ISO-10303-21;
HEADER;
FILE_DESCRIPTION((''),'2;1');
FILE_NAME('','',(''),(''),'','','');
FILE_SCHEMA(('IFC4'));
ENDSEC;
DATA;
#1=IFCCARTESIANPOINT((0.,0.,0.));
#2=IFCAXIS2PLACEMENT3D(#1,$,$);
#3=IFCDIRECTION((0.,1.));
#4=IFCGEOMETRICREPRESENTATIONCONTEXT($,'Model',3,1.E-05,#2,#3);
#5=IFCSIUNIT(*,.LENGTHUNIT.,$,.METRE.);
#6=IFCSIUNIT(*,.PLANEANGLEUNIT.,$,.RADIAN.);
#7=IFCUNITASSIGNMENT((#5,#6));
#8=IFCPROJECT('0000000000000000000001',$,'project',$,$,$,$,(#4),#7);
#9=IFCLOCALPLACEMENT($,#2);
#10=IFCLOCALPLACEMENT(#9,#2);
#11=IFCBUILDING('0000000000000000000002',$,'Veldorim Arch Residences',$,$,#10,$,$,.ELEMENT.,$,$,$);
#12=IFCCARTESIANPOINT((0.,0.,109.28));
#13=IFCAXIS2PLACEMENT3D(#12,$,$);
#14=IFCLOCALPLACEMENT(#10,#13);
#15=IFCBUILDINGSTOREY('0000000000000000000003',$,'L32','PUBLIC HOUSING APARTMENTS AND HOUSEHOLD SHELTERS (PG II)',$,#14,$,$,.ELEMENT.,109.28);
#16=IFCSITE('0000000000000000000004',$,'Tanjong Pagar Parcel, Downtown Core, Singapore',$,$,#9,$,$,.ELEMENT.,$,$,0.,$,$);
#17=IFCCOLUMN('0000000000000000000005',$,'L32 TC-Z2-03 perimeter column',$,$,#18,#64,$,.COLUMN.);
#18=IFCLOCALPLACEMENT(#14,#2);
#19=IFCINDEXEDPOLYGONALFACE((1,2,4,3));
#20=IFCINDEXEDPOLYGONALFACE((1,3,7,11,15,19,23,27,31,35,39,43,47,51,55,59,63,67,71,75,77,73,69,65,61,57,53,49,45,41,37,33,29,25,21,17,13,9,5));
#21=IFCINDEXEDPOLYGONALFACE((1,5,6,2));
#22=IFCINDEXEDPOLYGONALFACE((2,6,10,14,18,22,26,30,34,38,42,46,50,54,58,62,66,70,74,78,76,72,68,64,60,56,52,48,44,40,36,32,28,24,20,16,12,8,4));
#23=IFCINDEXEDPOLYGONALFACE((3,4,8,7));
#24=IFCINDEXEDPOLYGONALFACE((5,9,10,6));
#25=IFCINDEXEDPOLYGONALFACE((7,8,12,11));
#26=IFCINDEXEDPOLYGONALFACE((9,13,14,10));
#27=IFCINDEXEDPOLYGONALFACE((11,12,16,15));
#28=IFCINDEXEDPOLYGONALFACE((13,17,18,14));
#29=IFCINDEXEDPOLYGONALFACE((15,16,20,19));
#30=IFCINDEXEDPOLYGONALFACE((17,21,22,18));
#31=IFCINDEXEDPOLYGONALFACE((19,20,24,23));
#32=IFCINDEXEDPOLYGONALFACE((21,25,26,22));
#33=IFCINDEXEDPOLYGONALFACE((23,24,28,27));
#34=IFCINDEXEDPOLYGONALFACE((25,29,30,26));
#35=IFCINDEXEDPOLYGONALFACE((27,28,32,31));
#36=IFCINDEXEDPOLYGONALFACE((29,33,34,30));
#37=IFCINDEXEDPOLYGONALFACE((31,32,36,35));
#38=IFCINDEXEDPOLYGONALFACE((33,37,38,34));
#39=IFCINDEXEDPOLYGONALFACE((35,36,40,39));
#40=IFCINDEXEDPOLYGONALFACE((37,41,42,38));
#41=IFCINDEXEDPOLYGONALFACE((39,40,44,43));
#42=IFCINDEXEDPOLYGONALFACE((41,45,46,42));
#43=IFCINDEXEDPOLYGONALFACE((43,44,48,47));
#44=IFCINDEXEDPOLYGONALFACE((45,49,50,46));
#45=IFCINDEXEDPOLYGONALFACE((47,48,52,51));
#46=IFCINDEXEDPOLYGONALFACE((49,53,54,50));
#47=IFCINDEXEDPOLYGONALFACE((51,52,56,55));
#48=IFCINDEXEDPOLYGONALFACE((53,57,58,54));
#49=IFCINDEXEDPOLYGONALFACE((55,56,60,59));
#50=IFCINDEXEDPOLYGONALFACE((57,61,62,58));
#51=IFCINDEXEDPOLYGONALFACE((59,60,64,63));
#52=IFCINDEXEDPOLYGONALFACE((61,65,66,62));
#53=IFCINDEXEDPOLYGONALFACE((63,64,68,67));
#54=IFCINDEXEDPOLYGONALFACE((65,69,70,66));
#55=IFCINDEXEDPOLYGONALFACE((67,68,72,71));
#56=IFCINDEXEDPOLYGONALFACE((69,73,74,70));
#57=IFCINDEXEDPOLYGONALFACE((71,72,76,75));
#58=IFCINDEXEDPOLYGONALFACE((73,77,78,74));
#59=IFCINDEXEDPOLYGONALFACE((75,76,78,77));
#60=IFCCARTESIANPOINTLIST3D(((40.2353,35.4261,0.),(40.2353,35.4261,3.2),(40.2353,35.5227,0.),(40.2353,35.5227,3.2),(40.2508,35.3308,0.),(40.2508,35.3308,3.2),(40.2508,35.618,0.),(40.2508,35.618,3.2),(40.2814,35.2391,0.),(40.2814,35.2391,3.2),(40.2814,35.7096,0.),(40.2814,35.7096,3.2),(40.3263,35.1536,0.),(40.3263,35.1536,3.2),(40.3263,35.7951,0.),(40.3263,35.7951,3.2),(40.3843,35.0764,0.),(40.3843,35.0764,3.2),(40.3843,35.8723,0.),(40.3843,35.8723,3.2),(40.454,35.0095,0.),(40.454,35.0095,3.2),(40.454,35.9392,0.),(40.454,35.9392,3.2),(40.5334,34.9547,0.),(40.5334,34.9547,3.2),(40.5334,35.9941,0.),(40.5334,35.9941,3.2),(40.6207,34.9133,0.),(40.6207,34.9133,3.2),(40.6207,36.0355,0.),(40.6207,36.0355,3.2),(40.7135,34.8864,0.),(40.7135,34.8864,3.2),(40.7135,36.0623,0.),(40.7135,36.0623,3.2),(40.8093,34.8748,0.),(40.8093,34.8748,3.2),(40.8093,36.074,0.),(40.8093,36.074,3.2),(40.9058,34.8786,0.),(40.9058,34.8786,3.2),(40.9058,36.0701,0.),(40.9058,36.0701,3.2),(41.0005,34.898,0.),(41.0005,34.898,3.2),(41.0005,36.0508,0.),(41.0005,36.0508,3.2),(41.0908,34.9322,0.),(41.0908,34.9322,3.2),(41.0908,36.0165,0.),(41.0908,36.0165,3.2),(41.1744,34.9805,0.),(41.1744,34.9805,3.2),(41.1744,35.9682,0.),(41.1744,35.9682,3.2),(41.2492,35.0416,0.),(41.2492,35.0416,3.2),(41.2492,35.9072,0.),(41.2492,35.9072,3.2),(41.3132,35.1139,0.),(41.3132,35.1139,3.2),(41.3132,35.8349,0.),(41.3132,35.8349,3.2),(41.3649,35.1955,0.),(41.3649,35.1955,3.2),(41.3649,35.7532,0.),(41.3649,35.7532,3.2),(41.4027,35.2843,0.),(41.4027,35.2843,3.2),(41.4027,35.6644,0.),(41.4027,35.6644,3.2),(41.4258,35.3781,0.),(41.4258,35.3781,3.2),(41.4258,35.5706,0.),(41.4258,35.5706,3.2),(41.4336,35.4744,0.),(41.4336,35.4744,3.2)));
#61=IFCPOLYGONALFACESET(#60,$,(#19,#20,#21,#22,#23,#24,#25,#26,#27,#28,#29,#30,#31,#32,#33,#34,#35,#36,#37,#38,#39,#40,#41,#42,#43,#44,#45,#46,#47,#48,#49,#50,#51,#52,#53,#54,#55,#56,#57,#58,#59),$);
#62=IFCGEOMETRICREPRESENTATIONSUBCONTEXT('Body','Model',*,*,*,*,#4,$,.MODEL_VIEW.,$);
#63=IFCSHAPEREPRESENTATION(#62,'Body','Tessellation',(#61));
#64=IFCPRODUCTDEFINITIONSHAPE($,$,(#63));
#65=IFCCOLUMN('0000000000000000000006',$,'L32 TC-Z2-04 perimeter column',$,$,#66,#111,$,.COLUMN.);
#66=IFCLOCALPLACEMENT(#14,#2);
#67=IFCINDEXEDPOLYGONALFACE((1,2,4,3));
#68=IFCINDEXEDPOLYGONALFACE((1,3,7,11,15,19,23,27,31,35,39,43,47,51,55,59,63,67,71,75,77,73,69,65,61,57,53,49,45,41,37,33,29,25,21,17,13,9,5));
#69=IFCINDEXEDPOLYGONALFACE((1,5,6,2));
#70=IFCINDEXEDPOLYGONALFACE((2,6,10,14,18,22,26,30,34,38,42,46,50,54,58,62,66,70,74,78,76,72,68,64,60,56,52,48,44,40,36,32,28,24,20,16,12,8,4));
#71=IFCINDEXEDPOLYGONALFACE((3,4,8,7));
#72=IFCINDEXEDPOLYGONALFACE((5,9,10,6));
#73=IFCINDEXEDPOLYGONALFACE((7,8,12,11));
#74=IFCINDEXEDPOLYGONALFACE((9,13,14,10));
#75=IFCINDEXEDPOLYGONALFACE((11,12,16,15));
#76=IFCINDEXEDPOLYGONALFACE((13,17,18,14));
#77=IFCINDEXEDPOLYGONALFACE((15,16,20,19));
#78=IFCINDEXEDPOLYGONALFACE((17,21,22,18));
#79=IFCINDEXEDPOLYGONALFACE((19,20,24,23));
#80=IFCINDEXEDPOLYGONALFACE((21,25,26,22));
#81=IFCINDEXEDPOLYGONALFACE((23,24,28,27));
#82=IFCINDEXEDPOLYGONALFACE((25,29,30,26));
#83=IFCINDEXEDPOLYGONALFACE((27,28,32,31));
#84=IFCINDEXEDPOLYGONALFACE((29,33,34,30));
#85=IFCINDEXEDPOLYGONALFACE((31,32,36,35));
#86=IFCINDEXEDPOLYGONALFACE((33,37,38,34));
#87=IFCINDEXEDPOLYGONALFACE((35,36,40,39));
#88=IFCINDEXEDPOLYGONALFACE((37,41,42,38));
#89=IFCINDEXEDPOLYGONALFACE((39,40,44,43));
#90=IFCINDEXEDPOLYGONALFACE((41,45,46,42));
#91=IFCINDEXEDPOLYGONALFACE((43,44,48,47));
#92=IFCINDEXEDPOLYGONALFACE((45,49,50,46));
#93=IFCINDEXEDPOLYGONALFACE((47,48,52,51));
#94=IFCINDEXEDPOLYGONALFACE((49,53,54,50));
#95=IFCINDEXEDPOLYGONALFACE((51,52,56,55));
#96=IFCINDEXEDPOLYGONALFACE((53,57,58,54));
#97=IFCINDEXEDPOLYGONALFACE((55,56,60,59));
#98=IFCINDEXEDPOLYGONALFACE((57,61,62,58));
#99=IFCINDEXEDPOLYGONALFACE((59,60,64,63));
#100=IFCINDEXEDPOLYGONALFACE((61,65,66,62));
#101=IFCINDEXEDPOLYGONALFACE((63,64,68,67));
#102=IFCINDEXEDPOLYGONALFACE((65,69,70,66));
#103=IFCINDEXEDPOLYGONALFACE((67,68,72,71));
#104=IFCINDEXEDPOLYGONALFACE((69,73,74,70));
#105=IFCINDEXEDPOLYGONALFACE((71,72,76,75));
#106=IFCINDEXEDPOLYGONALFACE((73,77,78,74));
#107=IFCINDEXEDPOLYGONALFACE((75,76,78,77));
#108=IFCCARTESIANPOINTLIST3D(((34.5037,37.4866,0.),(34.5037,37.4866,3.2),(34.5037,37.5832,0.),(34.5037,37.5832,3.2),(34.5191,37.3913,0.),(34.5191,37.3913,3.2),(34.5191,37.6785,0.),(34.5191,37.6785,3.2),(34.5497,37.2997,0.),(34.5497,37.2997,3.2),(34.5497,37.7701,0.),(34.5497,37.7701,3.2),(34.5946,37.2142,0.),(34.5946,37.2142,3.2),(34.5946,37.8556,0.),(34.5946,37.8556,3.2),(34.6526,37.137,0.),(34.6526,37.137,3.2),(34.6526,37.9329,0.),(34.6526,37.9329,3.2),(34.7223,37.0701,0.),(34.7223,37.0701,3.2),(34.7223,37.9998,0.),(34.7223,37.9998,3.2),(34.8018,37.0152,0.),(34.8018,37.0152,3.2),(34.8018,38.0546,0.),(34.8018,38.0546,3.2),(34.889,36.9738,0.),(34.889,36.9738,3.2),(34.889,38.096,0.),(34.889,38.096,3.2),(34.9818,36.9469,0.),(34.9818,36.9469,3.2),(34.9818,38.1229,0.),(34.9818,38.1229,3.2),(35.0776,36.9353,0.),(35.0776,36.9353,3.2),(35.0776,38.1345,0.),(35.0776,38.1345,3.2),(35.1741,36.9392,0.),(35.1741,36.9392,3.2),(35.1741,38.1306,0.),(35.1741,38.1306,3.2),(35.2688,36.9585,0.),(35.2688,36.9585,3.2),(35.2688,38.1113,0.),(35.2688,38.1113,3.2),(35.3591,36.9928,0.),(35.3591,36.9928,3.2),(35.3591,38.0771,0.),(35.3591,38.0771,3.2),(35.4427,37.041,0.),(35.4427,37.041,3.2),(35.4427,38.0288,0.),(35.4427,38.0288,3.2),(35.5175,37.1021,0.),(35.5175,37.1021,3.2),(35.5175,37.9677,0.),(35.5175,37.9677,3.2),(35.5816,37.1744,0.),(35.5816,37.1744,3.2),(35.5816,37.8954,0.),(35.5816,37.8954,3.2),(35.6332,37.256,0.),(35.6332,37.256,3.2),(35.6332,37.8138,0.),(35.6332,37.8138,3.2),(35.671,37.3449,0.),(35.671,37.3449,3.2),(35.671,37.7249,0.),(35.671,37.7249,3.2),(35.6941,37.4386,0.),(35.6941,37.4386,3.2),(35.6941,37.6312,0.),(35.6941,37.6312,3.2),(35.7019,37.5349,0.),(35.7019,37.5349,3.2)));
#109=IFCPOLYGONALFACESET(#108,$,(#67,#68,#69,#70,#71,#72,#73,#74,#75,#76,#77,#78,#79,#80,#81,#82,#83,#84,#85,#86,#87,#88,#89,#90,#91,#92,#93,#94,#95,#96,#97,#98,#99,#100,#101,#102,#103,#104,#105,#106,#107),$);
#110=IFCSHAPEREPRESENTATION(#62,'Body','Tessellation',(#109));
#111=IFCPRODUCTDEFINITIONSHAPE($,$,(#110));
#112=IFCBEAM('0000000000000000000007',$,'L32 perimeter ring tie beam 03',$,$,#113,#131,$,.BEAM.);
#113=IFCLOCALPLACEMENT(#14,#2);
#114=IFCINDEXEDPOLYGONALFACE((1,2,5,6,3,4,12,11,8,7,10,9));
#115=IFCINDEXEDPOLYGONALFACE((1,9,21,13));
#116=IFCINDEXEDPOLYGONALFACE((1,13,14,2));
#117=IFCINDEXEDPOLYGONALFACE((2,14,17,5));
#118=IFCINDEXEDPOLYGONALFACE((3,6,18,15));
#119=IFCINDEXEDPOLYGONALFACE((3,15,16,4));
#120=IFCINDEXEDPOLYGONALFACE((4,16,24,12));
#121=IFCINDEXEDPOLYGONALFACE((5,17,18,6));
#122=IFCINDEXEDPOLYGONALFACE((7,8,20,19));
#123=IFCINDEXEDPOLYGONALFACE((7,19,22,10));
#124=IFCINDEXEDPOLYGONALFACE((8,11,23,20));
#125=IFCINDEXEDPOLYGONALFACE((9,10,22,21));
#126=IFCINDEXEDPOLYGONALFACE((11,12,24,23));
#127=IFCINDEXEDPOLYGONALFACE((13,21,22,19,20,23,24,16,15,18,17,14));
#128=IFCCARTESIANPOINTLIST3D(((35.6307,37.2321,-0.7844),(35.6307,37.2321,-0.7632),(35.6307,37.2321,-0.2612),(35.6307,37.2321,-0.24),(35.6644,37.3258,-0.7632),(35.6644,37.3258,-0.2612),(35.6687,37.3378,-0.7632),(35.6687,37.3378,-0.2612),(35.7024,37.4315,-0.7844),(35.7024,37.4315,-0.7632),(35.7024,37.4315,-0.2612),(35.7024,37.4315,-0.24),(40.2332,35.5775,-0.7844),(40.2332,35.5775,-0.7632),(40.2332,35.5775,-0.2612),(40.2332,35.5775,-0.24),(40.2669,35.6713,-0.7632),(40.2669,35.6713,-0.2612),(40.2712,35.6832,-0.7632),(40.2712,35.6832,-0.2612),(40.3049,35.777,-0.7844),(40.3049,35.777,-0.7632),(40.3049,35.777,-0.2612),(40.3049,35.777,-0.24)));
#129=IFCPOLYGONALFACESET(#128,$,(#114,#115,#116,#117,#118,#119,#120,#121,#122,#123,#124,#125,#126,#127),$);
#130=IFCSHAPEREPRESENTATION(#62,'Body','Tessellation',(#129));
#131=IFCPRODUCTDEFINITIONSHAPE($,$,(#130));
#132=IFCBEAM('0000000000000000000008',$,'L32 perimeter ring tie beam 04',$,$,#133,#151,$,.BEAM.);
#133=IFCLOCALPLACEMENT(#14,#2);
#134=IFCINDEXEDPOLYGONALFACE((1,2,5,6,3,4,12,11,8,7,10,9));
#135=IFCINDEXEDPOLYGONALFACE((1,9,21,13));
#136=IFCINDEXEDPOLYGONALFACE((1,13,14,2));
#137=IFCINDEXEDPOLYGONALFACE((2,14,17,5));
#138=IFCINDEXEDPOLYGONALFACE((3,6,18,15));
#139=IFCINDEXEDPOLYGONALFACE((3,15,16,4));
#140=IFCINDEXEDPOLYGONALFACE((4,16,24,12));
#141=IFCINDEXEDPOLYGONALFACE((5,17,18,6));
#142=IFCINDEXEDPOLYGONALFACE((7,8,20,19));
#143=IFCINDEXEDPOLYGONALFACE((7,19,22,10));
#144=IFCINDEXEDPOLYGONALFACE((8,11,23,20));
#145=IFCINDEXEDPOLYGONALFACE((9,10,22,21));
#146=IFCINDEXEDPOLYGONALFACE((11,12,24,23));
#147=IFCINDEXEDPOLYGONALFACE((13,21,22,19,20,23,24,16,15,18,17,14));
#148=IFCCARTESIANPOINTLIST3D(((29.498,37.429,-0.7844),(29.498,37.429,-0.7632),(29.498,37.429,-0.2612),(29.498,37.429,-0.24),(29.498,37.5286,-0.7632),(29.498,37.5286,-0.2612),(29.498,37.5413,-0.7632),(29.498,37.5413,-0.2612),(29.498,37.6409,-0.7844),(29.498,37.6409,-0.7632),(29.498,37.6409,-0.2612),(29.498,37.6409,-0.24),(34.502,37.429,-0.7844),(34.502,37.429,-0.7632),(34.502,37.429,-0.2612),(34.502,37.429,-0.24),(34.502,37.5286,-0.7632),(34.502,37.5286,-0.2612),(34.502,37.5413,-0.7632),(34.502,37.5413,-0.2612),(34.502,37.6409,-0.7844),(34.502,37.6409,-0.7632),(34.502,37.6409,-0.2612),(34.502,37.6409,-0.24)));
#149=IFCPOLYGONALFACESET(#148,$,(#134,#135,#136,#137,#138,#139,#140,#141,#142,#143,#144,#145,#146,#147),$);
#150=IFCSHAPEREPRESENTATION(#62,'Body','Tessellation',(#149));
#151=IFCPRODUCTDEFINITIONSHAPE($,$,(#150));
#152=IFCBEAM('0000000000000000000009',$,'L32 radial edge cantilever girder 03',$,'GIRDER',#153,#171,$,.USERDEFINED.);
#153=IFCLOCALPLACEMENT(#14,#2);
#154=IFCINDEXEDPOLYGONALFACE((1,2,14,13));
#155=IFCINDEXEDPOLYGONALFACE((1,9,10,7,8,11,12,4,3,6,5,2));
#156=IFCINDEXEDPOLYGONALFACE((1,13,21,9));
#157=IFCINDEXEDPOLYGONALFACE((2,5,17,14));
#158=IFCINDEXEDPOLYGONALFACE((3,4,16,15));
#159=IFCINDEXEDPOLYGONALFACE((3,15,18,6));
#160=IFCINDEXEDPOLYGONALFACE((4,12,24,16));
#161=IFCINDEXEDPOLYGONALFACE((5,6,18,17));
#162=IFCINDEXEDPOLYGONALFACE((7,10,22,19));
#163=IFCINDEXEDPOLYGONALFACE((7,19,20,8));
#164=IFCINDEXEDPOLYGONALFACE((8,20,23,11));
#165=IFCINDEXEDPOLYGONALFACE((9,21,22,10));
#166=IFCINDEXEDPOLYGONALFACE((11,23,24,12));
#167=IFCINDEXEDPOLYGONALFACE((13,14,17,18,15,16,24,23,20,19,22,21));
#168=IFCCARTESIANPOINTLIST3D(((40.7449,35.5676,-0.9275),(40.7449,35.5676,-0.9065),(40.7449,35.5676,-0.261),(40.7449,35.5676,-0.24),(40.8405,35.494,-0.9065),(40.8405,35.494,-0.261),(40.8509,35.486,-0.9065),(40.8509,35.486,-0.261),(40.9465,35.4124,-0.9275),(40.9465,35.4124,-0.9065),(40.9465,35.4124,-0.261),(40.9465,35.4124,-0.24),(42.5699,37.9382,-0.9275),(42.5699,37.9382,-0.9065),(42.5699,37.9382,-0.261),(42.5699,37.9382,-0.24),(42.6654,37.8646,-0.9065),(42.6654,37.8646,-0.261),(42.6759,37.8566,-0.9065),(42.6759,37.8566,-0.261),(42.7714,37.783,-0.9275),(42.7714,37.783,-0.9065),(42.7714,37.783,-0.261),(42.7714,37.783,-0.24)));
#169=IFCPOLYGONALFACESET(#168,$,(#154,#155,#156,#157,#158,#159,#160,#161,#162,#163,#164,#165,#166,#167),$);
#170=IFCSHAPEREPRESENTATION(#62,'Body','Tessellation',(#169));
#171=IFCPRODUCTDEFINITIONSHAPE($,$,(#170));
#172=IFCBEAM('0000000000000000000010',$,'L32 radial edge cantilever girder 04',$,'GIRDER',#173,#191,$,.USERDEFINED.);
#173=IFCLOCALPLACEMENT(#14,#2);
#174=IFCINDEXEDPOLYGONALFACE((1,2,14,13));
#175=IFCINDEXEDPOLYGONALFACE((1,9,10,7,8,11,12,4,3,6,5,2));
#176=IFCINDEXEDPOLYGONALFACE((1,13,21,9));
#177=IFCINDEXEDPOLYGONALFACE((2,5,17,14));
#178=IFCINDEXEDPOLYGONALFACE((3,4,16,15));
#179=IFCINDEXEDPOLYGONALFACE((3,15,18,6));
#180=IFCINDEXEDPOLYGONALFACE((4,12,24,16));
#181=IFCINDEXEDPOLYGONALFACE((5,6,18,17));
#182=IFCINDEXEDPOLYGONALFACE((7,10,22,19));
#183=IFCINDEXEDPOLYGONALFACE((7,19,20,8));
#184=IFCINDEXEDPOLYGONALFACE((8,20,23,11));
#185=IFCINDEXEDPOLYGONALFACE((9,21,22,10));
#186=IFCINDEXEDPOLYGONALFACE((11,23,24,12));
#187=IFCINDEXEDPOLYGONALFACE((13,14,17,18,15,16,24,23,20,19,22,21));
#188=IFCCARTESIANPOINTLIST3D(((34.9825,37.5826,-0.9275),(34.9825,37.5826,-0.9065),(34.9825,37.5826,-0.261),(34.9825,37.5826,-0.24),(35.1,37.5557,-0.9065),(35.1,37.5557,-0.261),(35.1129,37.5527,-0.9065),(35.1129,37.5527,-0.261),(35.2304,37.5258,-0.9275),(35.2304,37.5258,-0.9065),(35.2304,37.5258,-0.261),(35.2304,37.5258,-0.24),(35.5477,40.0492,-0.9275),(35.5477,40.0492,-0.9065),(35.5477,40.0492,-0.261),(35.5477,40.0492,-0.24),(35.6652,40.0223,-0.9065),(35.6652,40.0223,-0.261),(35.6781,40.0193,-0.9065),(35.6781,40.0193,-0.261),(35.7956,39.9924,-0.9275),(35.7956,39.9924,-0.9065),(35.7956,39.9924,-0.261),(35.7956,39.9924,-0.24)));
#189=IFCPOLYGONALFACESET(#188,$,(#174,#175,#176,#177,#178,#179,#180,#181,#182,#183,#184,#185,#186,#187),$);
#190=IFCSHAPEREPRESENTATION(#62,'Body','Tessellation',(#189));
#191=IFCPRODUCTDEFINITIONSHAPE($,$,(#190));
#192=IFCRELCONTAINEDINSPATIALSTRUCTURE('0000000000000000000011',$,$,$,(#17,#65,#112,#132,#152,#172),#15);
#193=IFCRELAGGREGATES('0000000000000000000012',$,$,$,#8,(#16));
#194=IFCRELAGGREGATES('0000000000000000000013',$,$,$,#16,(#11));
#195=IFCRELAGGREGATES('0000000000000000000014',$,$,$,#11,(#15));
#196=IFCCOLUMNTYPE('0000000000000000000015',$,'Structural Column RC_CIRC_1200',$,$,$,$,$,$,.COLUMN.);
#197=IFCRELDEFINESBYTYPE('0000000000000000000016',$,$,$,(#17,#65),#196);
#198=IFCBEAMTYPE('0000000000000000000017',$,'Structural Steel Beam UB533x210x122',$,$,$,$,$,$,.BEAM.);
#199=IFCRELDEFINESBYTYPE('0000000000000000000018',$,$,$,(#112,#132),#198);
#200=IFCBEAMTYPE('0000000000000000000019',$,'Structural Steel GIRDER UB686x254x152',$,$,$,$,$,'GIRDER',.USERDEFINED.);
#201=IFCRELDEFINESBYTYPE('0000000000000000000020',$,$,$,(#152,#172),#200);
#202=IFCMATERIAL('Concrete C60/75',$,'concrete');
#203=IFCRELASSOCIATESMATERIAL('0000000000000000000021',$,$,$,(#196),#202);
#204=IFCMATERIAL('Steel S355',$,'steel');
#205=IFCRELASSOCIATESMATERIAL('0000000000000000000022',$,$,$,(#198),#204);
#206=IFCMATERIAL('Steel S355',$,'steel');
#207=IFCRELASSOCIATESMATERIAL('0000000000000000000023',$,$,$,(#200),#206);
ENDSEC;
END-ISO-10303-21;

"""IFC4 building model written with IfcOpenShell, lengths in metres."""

from ifc_helpers import new_model, si_unit, direction, frame, origin, origin_2d, place, context, subcontext, project, spatial, circle, i_section, extrude, material, material_profile, profile_set, type_object, element, save


model = new_model("IFC4")

# Units and contexts
model_context = context("Model", 3, precision=1e-05, world=origin(), true_north=direction((0.0, 1.0)))
body_context = subcontext(model_context, "Body", "Model", "MODEL_VIEW")
ifc_project = project(units=[si_unit("LENGTHUNIT", "METRE"), si_unit("PLANEANGLEUNIT", "RADIAN")], contexts=[model_context])

# Site, building, storey
site_placement = place(None, origin())
site = spatial("IfcSite", under=ifc_project, at=site_placement, Name="Tanjong Pagar Parcel, Downtown Core, Singapore", CompositionType="ELEMENT", RefElevation=0.0)
building_placement = place(site_placement, origin())
building = spatial("IfcBuilding", under=site, at=building_placement, Name="Veldorim Arch Residences", CompositionType="ELEMENT")
storey_placement = place(building_placement, frame((0.0, 0.0, 109.28)))
storey = spatial("IfcBuildingStorey", under=building, at=storey_placement, Name="L32", Description="PUBLIC HOUSING APARTMENTS AND HOUSEHOLD SHELTERS (PG II)", CompositionType="ELEMENT", Elevation=109.28)

# Columns
ifc_material_1 = material(Name="Concrete C60/75", Category="concrete")
ifc_material_profile_1 = material_profile(ifc_material_1, circle(Radius=0.6001, at=origin_2d()), Name="RC_CIRC_1200")
ifc_profile_set_1 = profile_set([ifc_material_profile_1], Name="Concrete C60/75")
column_type = type_object("IfcColumnType", Name="Structural Column RC_CIRC_1200", PredefinedType="COLUMN", material=ifc_profile_set_1)
for number, where, z_axis, x_axis, name in (
    (1, (40.8335, 35.4744, 0.0), (0.0, 0.0, 1.0), (1.0, 0.0, 0.0), "L32 TC-Z2-03 perimeter column"),
    (2, (35.1018, 37.5349, 0.0), (0.0, 0.0, 1.0), (1.0, 0.0, 0.0), "L32 TC-Z2-04 perimeter column"),
):
    element("IfcColumn", number, at=place(storey_placement, frame(where, z_axis=z_axis, x_axis=x_axis)), inside=storey, type_object=column_type, Name=name, PredefinedType="COLUMN", context=body_context, shape_type="SweptSolid", body=[
        extrude(circle(Radius=0.6001, at=origin_2d()), origin(), (0.0, 0.0, 1.0), 3.2),
    ])

# Beams
ifc_material_2 = material(Name="Steel S355", Category="steel")
ifc_material_profile_2 = material_profile(ifc_material_2, i_section(OverallWidth=0.2119, OverallDepth=0.5444, WebThickness=0.0127, FlangeThickness=0.0212, at=origin_2d()), Name="UB533x210x122")
ifc_profile_set_2 = profile_set([ifc_material_profile_2], Name="Steel S355")
beam_type_1 = type_object("IfcBeamType", Name="Structural Steel Beam UB533x210x122", PredefinedType="BEAM", material=ifc_profile_set_2)
beam_1_placement = place(storey_placement, frame((40.269, 35.6772, -0.5122), z_axis=(-0.941042, 0.33829, 0.0), x_axis=(-0.33829, -0.941042, 0.0)))
element("IfcBeam", 3, at=beam_1_placement, inside=storey, type_object=beam_type_1, Name="L32 perimeter ring tie beam 03", PredefinedType="BEAM", context=body_context, shape_type="SweptSolid", body=[
    extrude(i_section(OverallWidth=0.2119, OverallDepth=0.5444, WebThickness=0.0127, FlangeThickness=0.0212, at=origin_2d()), origin(), (0.0, 0.0, 1.0), 4.8909),
])
beam_2_placement = place(storey_placement, frame((34.502, 37.5349, -0.5122), z_axis=(-1.0, 0.0, 0.0), x_axis=(0.0, -1.0, 0.0)))
element("IfcBeam", 4, at=beam_2_placement, inside=storey, type_object=beam_type_1, Name="L32 perimeter ring tie beam 04", PredefinedType="BEAM", context=body_context, shape_type="SweptSolid", body=[
    extrude(i_section(OverallWidth=0.2119, OverallDepth=0.5444, WebThickness=0.0127, FlangeThickness=0.0212, at=origin_2d()), origin(), (0.0, 0.0, 1.0), 5.0039),
])
ifc_material_3 = material(Name="Steel S355", Category="steel")
ifc_material_profile_3 = material_profile(ifc_material_3, i_section(OverallWidth=0.2544, OverallDepth=0.6875, WebThickness=0.0132, FlangeThickness=0.021, at=origin_2d()), Name="UB686x254x152")
ifc_profile_set_3 = profile_set([ifc_material_profile_3], Name="Steel S355")
beam_type_2 = type_object("IfcBeamType", Name="Structural Steel GIRDER UB686x254x152", ElementType="GIRDER", PredefinedType="USERDEFINED", material=ifc_profile_set_3)
beam_3_placement = place(storey_placement, frame((40.8457, 35.49, -0.5837), z_axis=(0.610007, 0.792396, 0.0), x_axis=(-0.792396, 0.610007, 0.0)))
element("IfcBeam", 5, at=beam_3_placement, inside=storey, type_object=beam_type_2, Name="L32 radial edge cantilever girder 03", ObjectType="GIRDER", PredefinedType="USERDEFINED", context=body_context, shape_type="SweptSolid", body=[
    extrude(i_section(OverallWidth=0.2544, OverallDepth=0.6875, WebThickness=0.0132, FlangeThickness=0.021, at=origin_2d()), origin(), (0.0, 0.0, 1.0), 2.9917),
])
beam_4_placement = place(storey_placement, frame((35.1064, 37.5542, -0.5837), z_axis=(0.223351, 0.974738, 0.0), x_axis=(-0.974738, 0.223351, 0.0)))
element("IfcBeam", 6, at=beam_4_placement, inside=storey, type_object=beam_type_2, Name="L32 radial edge cantilever girder 04", ObjectType="GIRDER", PredefinedType="USERDEFINED", context=body_context, shape_type="SweptSolid", body=[
    extrude(i_section(OverallWidth=0.2544, OverallDepth=0.6875, WebThickness=0.0132, FlangeThickness=0.021, at=origin_2d()), origin(), (0.0, 0.0, 1.0), 2.5305),
])

save(model, "model.ifc")
